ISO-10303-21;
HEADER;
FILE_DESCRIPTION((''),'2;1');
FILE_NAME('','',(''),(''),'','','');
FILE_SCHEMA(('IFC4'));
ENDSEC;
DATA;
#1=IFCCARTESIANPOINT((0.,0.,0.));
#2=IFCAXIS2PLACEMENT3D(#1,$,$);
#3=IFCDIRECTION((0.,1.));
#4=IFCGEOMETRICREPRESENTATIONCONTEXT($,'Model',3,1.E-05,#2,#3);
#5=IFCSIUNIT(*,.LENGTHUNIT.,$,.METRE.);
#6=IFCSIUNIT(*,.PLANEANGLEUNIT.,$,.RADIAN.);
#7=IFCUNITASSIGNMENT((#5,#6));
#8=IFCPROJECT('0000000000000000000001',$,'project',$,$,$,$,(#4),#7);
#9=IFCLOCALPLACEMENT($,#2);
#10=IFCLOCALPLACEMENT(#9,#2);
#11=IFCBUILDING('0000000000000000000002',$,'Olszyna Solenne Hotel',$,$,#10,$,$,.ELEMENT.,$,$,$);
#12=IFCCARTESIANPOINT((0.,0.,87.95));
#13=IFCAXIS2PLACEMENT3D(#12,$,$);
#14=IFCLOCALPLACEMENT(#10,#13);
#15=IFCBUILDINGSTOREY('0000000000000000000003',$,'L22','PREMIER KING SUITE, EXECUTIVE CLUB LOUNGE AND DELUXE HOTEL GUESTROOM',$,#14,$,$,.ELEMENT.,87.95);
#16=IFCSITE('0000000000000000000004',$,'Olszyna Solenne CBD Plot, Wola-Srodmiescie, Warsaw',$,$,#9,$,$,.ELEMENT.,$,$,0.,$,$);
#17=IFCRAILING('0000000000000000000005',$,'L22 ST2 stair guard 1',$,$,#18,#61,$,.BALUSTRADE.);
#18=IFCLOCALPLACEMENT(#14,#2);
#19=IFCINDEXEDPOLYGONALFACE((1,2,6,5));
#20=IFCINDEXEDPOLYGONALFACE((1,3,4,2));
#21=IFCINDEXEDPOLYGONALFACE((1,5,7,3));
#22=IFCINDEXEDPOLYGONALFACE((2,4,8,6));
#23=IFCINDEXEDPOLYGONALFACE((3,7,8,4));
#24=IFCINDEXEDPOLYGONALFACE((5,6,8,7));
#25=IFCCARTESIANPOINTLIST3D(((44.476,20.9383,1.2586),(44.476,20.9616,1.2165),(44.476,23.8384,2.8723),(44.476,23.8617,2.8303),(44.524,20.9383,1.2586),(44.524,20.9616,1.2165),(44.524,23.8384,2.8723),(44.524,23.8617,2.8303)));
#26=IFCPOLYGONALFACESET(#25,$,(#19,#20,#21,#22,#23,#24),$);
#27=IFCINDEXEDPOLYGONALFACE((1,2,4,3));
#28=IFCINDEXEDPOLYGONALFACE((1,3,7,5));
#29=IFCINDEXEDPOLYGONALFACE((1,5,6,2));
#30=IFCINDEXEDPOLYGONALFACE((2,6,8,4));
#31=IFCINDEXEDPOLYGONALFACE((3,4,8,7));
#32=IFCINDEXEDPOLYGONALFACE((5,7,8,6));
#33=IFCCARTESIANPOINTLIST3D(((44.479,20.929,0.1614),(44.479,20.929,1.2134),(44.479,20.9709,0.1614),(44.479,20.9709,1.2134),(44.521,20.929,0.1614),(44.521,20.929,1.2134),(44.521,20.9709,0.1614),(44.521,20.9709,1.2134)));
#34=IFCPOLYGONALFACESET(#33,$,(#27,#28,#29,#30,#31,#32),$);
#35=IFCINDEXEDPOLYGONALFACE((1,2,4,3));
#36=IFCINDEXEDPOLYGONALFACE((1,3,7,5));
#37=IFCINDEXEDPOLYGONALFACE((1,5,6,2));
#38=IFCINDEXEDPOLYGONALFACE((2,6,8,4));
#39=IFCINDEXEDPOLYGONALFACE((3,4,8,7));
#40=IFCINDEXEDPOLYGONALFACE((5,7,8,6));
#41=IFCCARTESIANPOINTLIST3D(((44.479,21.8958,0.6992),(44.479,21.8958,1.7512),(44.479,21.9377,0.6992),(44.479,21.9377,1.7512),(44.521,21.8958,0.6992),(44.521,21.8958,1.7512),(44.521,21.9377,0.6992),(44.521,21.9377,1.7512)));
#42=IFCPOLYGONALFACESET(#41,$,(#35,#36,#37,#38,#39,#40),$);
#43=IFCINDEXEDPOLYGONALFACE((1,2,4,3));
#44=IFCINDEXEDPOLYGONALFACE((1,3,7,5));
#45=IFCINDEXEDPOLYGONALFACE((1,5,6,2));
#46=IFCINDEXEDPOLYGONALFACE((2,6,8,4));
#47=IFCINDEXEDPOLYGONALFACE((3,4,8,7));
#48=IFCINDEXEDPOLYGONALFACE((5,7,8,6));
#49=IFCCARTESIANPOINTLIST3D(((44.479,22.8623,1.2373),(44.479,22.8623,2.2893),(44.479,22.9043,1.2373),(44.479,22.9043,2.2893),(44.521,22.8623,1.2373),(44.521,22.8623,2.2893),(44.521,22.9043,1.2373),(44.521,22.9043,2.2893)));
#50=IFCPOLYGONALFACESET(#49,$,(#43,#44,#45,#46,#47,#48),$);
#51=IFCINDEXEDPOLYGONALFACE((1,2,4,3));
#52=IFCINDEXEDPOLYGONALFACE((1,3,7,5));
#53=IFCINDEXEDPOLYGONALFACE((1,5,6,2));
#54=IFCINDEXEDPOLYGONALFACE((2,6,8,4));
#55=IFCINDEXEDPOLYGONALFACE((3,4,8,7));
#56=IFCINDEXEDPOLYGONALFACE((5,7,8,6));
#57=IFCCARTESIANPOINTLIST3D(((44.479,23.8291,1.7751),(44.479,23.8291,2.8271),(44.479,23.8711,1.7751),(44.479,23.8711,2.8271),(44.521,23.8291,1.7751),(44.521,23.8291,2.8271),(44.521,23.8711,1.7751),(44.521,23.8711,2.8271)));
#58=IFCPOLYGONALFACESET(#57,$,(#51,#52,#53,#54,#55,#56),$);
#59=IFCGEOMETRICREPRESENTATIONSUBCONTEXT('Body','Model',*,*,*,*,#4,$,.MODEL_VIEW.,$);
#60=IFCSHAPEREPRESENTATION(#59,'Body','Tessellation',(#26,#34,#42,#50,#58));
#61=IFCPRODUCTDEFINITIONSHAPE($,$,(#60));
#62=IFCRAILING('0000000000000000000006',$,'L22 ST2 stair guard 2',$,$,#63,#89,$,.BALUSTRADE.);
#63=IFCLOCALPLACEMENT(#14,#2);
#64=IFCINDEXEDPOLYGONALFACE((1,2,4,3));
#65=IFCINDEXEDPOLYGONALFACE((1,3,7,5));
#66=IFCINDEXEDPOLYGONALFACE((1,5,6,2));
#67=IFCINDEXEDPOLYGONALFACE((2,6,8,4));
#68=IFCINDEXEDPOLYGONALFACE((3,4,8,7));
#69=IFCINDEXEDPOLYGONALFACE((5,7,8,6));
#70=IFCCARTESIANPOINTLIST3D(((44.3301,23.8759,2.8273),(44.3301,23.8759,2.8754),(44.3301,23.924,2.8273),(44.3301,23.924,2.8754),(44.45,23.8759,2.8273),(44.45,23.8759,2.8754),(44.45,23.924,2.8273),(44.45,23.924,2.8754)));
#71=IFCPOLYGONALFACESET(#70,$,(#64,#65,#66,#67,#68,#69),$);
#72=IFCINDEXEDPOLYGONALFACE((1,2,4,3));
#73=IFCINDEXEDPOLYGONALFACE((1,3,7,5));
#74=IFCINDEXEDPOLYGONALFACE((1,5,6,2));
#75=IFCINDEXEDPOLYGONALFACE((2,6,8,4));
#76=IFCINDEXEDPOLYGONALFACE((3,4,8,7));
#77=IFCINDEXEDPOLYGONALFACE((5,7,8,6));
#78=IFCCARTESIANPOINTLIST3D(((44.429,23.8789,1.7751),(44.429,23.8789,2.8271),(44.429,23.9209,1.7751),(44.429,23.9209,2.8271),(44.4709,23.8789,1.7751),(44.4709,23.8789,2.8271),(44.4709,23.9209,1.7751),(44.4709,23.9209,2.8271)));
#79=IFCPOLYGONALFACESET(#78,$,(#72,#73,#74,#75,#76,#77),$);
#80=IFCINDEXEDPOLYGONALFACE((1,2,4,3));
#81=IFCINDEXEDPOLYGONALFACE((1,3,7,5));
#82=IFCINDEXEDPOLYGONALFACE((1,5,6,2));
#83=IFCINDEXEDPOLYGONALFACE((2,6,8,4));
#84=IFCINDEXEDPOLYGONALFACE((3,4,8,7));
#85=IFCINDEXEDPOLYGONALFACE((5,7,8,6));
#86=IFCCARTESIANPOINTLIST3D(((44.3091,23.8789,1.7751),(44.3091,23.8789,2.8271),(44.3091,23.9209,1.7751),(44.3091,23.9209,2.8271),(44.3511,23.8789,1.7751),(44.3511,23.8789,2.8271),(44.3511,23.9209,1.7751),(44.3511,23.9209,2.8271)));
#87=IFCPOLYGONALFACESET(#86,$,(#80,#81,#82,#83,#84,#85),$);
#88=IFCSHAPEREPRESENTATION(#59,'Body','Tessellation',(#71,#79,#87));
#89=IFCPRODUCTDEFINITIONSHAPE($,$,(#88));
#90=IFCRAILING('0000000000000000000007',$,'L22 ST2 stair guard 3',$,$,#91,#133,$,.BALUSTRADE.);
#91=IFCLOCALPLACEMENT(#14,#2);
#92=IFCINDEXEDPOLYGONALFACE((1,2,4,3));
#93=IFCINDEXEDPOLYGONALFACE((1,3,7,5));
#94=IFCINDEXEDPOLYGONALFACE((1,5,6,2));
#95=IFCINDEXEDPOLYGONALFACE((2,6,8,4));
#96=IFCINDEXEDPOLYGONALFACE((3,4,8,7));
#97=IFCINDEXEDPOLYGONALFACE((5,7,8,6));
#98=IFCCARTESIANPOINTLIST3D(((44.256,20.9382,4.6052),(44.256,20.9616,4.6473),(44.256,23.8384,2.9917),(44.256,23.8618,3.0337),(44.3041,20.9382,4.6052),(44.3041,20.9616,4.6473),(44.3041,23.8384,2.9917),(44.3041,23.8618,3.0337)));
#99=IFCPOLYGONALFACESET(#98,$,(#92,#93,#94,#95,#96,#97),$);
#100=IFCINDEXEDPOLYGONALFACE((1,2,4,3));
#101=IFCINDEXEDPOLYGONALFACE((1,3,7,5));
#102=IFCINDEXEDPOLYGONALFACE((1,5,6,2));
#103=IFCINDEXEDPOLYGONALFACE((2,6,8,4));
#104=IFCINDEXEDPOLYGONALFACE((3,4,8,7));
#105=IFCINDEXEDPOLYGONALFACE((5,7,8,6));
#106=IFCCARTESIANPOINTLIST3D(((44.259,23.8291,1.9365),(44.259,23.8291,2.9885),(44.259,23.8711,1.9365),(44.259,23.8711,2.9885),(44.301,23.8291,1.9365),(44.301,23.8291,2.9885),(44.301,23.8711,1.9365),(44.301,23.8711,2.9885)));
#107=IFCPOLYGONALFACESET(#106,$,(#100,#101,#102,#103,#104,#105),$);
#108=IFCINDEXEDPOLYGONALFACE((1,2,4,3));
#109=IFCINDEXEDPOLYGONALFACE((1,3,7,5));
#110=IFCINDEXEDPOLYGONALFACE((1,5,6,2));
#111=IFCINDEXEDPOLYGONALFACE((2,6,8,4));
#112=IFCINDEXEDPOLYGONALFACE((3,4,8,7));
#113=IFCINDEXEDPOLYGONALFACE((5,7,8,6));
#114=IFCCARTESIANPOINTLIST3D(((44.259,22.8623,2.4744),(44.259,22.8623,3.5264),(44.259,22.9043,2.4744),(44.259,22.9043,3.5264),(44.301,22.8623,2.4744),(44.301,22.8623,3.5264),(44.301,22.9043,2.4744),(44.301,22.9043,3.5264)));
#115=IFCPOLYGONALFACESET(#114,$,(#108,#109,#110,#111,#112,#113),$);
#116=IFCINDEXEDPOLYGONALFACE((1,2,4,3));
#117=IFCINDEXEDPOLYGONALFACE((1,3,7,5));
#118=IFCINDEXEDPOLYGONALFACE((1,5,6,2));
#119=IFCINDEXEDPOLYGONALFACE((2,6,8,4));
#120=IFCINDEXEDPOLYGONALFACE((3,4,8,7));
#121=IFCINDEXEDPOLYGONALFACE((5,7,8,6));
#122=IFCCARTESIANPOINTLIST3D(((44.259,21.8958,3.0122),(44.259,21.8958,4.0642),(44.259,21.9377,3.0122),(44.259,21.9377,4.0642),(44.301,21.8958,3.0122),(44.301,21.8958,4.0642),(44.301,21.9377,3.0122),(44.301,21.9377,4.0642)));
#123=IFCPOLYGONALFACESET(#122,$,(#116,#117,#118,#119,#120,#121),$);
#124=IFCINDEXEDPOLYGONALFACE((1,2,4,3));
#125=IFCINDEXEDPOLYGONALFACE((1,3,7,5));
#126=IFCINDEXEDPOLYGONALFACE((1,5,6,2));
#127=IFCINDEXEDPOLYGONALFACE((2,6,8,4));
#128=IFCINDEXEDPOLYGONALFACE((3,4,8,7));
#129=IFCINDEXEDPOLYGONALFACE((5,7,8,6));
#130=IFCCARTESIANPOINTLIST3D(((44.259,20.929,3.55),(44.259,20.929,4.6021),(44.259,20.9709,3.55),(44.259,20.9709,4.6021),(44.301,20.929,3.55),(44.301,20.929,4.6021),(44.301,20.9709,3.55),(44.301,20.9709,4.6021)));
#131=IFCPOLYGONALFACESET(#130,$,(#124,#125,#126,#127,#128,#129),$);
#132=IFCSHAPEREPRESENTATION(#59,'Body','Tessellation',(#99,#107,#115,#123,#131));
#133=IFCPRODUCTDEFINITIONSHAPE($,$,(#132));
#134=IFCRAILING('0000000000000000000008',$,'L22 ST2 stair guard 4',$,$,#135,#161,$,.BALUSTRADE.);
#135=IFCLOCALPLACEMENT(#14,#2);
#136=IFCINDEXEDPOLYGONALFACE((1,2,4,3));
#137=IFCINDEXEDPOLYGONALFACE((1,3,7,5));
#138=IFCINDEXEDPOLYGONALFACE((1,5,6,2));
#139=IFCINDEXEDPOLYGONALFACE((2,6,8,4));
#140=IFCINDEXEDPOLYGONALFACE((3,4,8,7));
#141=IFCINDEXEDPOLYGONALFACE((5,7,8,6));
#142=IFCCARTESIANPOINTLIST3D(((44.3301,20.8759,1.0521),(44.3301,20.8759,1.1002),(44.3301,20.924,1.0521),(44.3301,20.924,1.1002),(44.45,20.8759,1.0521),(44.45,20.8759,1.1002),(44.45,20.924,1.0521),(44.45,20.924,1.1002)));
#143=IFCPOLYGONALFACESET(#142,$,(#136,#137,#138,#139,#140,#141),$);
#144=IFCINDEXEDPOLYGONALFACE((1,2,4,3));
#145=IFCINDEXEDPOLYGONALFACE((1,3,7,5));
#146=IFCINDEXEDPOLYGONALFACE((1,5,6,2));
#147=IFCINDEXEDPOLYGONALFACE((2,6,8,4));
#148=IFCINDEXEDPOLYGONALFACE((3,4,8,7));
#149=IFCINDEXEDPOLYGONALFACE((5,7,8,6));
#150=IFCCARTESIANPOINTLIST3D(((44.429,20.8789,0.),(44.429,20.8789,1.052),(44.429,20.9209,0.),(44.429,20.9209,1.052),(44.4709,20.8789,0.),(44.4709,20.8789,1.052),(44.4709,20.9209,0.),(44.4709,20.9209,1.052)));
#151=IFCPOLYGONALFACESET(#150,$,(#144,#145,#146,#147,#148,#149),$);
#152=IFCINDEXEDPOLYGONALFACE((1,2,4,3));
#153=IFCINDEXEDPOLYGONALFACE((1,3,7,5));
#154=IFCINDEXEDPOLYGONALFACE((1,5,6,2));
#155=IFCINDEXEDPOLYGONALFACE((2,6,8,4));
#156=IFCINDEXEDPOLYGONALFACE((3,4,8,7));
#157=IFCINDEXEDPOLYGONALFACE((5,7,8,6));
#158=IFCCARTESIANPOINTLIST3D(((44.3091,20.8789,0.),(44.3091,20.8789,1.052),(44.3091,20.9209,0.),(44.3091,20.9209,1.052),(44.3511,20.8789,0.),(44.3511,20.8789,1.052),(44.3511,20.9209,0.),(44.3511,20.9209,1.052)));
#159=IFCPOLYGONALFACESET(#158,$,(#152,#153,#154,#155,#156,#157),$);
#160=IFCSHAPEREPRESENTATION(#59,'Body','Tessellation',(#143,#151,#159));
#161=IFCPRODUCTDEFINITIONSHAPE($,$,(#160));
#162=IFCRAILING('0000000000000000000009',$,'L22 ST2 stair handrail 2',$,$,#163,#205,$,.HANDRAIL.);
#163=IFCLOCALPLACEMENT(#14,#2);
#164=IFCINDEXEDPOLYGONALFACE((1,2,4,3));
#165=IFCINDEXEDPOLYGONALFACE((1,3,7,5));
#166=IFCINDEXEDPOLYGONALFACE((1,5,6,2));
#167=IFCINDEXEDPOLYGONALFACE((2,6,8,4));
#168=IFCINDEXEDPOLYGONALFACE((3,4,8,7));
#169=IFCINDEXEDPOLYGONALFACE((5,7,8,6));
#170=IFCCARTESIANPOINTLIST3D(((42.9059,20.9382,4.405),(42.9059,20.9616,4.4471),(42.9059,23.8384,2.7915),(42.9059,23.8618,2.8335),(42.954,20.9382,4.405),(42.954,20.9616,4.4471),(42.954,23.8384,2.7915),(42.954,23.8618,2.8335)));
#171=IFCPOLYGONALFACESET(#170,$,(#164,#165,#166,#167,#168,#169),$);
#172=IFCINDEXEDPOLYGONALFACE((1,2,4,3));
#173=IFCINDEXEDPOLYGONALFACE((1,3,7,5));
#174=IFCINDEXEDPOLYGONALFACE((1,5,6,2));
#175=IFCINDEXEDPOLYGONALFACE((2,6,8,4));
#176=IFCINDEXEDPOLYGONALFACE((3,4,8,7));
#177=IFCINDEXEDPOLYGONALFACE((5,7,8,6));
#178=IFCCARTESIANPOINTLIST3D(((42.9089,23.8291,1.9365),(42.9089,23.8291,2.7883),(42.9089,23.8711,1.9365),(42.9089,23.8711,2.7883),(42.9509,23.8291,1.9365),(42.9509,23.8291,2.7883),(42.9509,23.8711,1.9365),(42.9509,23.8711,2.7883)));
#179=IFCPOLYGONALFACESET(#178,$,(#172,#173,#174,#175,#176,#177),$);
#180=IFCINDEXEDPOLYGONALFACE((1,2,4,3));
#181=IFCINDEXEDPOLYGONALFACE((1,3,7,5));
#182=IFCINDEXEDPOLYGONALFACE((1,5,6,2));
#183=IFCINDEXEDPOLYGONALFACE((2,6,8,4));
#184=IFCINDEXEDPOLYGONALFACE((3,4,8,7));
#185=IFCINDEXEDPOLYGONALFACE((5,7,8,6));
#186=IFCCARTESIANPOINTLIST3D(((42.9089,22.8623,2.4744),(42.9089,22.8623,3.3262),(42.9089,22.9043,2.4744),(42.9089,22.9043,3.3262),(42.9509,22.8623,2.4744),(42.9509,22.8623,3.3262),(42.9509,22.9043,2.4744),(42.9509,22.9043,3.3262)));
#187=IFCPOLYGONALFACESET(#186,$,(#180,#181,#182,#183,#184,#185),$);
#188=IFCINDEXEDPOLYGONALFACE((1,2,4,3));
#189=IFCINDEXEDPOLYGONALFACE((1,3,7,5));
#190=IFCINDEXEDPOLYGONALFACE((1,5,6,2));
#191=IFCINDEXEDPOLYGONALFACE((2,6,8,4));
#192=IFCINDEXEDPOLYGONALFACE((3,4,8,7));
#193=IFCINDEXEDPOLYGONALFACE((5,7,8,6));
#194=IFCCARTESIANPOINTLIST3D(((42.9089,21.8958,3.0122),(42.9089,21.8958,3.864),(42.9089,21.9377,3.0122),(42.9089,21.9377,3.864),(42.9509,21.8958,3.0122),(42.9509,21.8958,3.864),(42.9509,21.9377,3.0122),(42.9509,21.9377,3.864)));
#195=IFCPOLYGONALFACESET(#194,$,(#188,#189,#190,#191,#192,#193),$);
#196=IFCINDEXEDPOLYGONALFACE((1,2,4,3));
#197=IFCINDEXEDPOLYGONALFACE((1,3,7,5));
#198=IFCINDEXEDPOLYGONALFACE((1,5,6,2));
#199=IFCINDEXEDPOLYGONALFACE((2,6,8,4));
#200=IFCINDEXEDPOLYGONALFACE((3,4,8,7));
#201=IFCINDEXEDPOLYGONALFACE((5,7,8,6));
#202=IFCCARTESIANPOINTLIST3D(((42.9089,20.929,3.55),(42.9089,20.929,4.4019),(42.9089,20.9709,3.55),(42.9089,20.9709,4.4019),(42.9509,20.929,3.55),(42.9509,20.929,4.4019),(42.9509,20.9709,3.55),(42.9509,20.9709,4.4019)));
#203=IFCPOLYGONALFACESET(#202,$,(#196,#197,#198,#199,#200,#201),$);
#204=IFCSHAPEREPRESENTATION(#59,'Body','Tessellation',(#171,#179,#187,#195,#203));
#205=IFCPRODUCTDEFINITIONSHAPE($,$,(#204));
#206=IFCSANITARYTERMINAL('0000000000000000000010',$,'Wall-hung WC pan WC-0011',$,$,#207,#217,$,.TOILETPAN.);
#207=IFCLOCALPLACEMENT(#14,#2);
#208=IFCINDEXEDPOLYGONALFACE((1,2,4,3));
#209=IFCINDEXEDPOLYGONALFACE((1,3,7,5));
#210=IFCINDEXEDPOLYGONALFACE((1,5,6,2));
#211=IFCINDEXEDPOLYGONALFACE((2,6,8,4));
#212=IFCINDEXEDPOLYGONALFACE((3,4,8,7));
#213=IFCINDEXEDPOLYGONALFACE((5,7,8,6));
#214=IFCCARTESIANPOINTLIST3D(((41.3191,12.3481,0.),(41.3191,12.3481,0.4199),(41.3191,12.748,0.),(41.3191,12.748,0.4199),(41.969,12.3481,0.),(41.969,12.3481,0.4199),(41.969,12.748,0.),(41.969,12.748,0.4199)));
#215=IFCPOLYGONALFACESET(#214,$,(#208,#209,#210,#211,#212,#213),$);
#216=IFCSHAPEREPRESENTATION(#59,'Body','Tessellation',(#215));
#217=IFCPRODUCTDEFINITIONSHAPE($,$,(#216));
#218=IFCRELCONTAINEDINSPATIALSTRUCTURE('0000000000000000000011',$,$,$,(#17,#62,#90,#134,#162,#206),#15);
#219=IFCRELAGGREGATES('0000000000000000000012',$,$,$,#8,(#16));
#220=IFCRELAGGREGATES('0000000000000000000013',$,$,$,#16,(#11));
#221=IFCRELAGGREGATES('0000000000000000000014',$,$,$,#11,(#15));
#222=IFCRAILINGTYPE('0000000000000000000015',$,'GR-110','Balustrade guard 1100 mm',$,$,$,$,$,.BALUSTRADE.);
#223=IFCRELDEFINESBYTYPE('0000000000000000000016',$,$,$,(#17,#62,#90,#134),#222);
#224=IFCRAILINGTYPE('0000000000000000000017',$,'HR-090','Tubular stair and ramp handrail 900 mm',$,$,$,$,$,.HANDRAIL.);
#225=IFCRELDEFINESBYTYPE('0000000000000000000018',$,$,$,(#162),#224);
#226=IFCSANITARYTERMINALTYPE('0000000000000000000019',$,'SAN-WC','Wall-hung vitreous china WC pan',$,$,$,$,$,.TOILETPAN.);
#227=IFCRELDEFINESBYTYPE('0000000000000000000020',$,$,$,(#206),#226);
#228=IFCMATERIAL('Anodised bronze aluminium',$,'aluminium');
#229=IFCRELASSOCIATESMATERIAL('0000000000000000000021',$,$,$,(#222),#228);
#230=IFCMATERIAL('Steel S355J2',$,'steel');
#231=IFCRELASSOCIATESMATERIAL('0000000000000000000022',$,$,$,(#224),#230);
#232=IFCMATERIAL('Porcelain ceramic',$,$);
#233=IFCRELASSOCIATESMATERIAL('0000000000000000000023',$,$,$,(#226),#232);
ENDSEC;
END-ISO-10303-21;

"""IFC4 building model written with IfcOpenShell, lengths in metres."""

from ifc_helpers import new_model, si_unit, direction, frame, origin, origin_2d, place, context, subcontext, project, spatial, rectangle, extrude, source, transform, mapped, material, type_object, element, save


model = new_model("IFC4")

# Units and contexts
model_context = context("Model", 3, precision=1e-05, world=origin(), true_north=direction((0.0, 1.0)))
body_context = subcontext(model_context, "Body", "Model", "MODEL_VIEW")
ifc_project = project(units=[si_unit("LENGTHUNIT", "METRE"), si_unit("PLANEANGLEUNIT", "RADIAN")], contexts=[model_context])

# Site, building, storey
site_placement = place(None, origin())
site = spatial("IfcSite", under=ifc_project, at=site_placement, Name="Olszyna Solenne CBD Plot, Wola-Srodmiescie, Warsaw", CompositionType="ELEMENT", RefElevation=0.0)
building_placement = place(site_placement, origin())
building = spatial("IfcBuilding", under=site, at=building_placement, Name="Olszyna Solenne Hotel", CompositionType="ELEMENT")
storey_placement = place(building_placement, frame((0.0, 0.0, 87.95)))
storey = spatial("IfcBuildingStorey", under=building, at=storey_placement, Name="L22", Description="PREMIER KING SUITE, EXECUTIVE CLUB LOUNGE AND DELUXE HOTEL GUESTROOM", CompositionType="ELEMENT", Elevation=87.95)

# Shared definitions
ifc_material_1 = material(Name="Steel S355J2", Category="steel")

# Railings
ifc_material_2 = material(Name="Anodised bronze aluminium", Category="aluminium")
railing_type_1 = type_object("IfcRailingType", Name="GR-110", Description="Balustrade guard 1100 mm", PredefinedType="BALUSTRADE", material=ifc_material_2)
railing_1_placement = place(storey_placement, frame((44.5, 20.95, 0.1614)))
element("IfcRailing", 1, at=railing_1_placement, inside=storey, type_object=railing_type_1, Name="L22 ST2 stair guard 1", PredefinedType="BALUSTRADE", context=body_context, shape_type="SweptSolid", body=[
    extrude(rectangle(XDim=0.0481, YDim=0.0481, at=origin_2d()), frame((0.0, 0.0, 1.0762), z_axis=(0.0, 0.873827, 0.486236), x_axis=(-1.0, 0.0, 0.0)), (0.0, 0.0, 1.0), 3.3188),
    extrude(rectangle(XDim=0.042, YDim=0.042, at=origin_2d()), origin(), (0.0, 0.0, 1.0), 1.052),
    extrude(rectangle(XDim=0.042, YDim=0.042, at=origin_2d()), frame((0.0, 0.9668, 0.5378)), (0.0, 0.0, 1.0), 1.052),
    extrude(rectangle(XDim=0.042, YDim=0.042, at=origin_2d()), frame((0.0, 1.9333, 1.0759)), (0.0, 0.0, 1.0), 1.052),
    extrude(rectangle(XDim=0.042, YDim=0.042, at=origin_2d()), frame((0.0, 2.9001, 1.6138)), (0.0, 0.0, 1.0), 1.052),
])
railing_2_placement = place(storey_placement, frame((44.45, 23.8999, 1.7751)))
element("IfcRailing", 2, at=railing_2_placement, inside=storey, type_object=railing_type_1, Name="L22 ST2 stair guard 2", PredefinedType="BALUSTRADE", context=body_context, shape_type="SweptSolid", body=[
    extrude(rectangle(XDim=0.0481, YDim=0.0481, at=origin_2d()), frame((0.0, 0.0, 1.0762), z_axis=(-1.0, 0.0, 0.0), x_axis=(0.0, -1.0, 0.0)), (0.0, 0.0, 1.0), 0.1199),
    extrude(rectangle(XDim=0.042, YDim=0.042, at=origin_2d()), origin(), (0.0, 0.0, 1.0), 1.052),
    extrude(rectangle(XDim=0.042, YDim=0.042, at=origin_2d()), frame((-0.1199, 0.0, 0.0)), (0.0, 0.0, 1.0), 1.052),
])
railing_3_placement = place(storey_placement, frame((44.28, 23.8501, 1.9365)))
element("IfcRailing", 3, at=railing_3_placement, inside=storey, type_object=railing_type_1, Name="L22 ST2 stair guard 3", PredefinedType="BALUSTRADE", context=body_context, shape_type="SweptSolid", body=[
    extrude(rectangle(XDim=0.0481, YDim=0.0481, at=origin_2d()), frame((0.0, 0.0, 1.0762), z_axis=(0.0, -0.873859, 0.48618), x_axis=(1.0, 0.0, 0.0)), (0.0, 0.0, 1.0), 3.3188),
    extrude(rectangle(XDim=0.042, YDim=0.042, at=origin_2d()), origin(), (0.0, 0.0, 1.0), 1.052),
    extrude(rectangle(XDim=0.042, YDim=0.042, at=origin_2d()), frame((0.0, -0.9668, 0.5378)), (0.0, 0.0, 1.0), 1.052),
    extrude(rectangle(XDim=0.042, YDim=0.042, at=origin_2d()), frame((0.0, -1.9333, 1.0757)), (0.0, 0.0, 1.0), 1.052),
    extrude(rectangle(XDim=0.042, YDim=0.042, at=origin_2d()), frame((0.0, -2.9001, 1.6135)), (0.0, 0.0, 1.0), 1.052),
])
railing_4_placement = place(storey_placement, frame((44.45, 20.8999, 0.0)))
element("IfcRailing", 4, at=railing_4_placement, inside=storey, type_object=railing_type_1, Name="L22 ST2 stair guard 4", PredefinedType="BALUSTRADE", context=body_context, shape_type="SweptSolid", body=[
    extrude(rectangle(XDim=0.0481, YDim=0.0481, at=origin_2d()), frame((0.0, 0.0, 1.0762), z_axis=(-1.0, 0.0, 0.0), x_axis=(0.0, -1.0, 0.0)), (0.0, 0.0, 1.0), 0.1199),
    extrude(rectangle(XDim=0.042, YDim=0.042, at=origin_2d()), origin(), (0.0, 0.0, 1.0), 1.052),
    extrude(rectangle(XDim=0.042, YDim=0.042, at=origin_2d()), frame((-0.1199, 0.0, 0.0)), (0.0, 0.0, 1.0), 1.052),
])
railing_type_2 = type_object("IfcRailingType", Name="HR-090", Description="Tubular stair and ramp handrail 900 mm", PredefinedType="HANDRAIL", material=ifc_material_1)
railing_5_placement = place(storey_placement, frame((42.9299, 23.8501, 1.9365)))
element("IfcRailing", 5, at=railing_5_placement, inside=storey, type_object=railing_type_2, Name="L22 ST2 stair handrail 2", PredefinedType="HANDRAIL", context=body_context, shape_type="SweptSolid", body=[
    extrude(rectangle(XDim=0.0481, YDim=0.0481, at=origin_2d()), frame((0.0, 0.0, 0.876), z_axis=(0.0, -0.873859, 0.48618), x_axis=(1.0, 0.0, 0.0)), (0.0, 0.0, 1.0), 3.3188),
    extrude(rectangle(XDim=0.042, YDim=0.042, at=origin_2d()), origin(), (0.0, 0.0, 1.0), 0.8518),
    extrude(rectangle(XDim=0.042, YDim=0.042, at=origin_2d()), frame((0.0, -0.9668, 0.5378)), (0.0, 0.0, 1.0), 0.8518),
    extrude(rectangle(XDim=0.042, YDim=0.042, at=origin_2d()), frame((0.0, -1.9333, 1.0757)), (0.0, 0.0, 1.0), 0.8518),
    extrude(rectangle(XDim=0.042, YDim=0.042, at=origin_2d()), frame((0.0, -2.9001, 1.6135)), (0.0, 0.0, 1.0), 0.8518),
])

# Sanitary terminal
ifc_material_3 = material(Name="Porcelain ceramic")
sanitary_terminal_type_1 = type_object("IfcSanitaryTerminalType", Name="SAN-WC", Description="Wall-hung vitreous china WC pan", PredefinedType="TOILETPAN", material=ifc_material_3)
shared_shape_1 = source(origin(), body_context, "Body", "SweptSolid", [
    extrude(rectangle(XDim=0.6499, YDim=0.3999, at=origin_2d()), origin(), (0.0, 0.0, 1.0), 0.4199),
])
sanitary_terminal_1_placement = place(storey_placement, frame((41.644, 12.5481, 0.0), z_axis=(0.0, 0.0, 1.0), x_axis=(1.0, 0.0, 0.0)))
element("IfcSanitaryTerminal", 6, at=sanitary_terminal_1_placement, inside=storey, type_object=sanitary_terminal_type_1, Name="Wall-hung WC pan WC-0011", PredefinedType="TOILETPAN", context=body_context, shape_type="MappedRepresentation", body=[
    mapped(shared_shape_1, transform((0.0, 0.0, 0.0), x_axis=(1.0, 0.0, 0.0), y_axis=(0.0, 1.0, 0.0), z_axis=(0.0, 0.0, 1.0), scale=1.0)),
])

save(model, "model.ifc")
